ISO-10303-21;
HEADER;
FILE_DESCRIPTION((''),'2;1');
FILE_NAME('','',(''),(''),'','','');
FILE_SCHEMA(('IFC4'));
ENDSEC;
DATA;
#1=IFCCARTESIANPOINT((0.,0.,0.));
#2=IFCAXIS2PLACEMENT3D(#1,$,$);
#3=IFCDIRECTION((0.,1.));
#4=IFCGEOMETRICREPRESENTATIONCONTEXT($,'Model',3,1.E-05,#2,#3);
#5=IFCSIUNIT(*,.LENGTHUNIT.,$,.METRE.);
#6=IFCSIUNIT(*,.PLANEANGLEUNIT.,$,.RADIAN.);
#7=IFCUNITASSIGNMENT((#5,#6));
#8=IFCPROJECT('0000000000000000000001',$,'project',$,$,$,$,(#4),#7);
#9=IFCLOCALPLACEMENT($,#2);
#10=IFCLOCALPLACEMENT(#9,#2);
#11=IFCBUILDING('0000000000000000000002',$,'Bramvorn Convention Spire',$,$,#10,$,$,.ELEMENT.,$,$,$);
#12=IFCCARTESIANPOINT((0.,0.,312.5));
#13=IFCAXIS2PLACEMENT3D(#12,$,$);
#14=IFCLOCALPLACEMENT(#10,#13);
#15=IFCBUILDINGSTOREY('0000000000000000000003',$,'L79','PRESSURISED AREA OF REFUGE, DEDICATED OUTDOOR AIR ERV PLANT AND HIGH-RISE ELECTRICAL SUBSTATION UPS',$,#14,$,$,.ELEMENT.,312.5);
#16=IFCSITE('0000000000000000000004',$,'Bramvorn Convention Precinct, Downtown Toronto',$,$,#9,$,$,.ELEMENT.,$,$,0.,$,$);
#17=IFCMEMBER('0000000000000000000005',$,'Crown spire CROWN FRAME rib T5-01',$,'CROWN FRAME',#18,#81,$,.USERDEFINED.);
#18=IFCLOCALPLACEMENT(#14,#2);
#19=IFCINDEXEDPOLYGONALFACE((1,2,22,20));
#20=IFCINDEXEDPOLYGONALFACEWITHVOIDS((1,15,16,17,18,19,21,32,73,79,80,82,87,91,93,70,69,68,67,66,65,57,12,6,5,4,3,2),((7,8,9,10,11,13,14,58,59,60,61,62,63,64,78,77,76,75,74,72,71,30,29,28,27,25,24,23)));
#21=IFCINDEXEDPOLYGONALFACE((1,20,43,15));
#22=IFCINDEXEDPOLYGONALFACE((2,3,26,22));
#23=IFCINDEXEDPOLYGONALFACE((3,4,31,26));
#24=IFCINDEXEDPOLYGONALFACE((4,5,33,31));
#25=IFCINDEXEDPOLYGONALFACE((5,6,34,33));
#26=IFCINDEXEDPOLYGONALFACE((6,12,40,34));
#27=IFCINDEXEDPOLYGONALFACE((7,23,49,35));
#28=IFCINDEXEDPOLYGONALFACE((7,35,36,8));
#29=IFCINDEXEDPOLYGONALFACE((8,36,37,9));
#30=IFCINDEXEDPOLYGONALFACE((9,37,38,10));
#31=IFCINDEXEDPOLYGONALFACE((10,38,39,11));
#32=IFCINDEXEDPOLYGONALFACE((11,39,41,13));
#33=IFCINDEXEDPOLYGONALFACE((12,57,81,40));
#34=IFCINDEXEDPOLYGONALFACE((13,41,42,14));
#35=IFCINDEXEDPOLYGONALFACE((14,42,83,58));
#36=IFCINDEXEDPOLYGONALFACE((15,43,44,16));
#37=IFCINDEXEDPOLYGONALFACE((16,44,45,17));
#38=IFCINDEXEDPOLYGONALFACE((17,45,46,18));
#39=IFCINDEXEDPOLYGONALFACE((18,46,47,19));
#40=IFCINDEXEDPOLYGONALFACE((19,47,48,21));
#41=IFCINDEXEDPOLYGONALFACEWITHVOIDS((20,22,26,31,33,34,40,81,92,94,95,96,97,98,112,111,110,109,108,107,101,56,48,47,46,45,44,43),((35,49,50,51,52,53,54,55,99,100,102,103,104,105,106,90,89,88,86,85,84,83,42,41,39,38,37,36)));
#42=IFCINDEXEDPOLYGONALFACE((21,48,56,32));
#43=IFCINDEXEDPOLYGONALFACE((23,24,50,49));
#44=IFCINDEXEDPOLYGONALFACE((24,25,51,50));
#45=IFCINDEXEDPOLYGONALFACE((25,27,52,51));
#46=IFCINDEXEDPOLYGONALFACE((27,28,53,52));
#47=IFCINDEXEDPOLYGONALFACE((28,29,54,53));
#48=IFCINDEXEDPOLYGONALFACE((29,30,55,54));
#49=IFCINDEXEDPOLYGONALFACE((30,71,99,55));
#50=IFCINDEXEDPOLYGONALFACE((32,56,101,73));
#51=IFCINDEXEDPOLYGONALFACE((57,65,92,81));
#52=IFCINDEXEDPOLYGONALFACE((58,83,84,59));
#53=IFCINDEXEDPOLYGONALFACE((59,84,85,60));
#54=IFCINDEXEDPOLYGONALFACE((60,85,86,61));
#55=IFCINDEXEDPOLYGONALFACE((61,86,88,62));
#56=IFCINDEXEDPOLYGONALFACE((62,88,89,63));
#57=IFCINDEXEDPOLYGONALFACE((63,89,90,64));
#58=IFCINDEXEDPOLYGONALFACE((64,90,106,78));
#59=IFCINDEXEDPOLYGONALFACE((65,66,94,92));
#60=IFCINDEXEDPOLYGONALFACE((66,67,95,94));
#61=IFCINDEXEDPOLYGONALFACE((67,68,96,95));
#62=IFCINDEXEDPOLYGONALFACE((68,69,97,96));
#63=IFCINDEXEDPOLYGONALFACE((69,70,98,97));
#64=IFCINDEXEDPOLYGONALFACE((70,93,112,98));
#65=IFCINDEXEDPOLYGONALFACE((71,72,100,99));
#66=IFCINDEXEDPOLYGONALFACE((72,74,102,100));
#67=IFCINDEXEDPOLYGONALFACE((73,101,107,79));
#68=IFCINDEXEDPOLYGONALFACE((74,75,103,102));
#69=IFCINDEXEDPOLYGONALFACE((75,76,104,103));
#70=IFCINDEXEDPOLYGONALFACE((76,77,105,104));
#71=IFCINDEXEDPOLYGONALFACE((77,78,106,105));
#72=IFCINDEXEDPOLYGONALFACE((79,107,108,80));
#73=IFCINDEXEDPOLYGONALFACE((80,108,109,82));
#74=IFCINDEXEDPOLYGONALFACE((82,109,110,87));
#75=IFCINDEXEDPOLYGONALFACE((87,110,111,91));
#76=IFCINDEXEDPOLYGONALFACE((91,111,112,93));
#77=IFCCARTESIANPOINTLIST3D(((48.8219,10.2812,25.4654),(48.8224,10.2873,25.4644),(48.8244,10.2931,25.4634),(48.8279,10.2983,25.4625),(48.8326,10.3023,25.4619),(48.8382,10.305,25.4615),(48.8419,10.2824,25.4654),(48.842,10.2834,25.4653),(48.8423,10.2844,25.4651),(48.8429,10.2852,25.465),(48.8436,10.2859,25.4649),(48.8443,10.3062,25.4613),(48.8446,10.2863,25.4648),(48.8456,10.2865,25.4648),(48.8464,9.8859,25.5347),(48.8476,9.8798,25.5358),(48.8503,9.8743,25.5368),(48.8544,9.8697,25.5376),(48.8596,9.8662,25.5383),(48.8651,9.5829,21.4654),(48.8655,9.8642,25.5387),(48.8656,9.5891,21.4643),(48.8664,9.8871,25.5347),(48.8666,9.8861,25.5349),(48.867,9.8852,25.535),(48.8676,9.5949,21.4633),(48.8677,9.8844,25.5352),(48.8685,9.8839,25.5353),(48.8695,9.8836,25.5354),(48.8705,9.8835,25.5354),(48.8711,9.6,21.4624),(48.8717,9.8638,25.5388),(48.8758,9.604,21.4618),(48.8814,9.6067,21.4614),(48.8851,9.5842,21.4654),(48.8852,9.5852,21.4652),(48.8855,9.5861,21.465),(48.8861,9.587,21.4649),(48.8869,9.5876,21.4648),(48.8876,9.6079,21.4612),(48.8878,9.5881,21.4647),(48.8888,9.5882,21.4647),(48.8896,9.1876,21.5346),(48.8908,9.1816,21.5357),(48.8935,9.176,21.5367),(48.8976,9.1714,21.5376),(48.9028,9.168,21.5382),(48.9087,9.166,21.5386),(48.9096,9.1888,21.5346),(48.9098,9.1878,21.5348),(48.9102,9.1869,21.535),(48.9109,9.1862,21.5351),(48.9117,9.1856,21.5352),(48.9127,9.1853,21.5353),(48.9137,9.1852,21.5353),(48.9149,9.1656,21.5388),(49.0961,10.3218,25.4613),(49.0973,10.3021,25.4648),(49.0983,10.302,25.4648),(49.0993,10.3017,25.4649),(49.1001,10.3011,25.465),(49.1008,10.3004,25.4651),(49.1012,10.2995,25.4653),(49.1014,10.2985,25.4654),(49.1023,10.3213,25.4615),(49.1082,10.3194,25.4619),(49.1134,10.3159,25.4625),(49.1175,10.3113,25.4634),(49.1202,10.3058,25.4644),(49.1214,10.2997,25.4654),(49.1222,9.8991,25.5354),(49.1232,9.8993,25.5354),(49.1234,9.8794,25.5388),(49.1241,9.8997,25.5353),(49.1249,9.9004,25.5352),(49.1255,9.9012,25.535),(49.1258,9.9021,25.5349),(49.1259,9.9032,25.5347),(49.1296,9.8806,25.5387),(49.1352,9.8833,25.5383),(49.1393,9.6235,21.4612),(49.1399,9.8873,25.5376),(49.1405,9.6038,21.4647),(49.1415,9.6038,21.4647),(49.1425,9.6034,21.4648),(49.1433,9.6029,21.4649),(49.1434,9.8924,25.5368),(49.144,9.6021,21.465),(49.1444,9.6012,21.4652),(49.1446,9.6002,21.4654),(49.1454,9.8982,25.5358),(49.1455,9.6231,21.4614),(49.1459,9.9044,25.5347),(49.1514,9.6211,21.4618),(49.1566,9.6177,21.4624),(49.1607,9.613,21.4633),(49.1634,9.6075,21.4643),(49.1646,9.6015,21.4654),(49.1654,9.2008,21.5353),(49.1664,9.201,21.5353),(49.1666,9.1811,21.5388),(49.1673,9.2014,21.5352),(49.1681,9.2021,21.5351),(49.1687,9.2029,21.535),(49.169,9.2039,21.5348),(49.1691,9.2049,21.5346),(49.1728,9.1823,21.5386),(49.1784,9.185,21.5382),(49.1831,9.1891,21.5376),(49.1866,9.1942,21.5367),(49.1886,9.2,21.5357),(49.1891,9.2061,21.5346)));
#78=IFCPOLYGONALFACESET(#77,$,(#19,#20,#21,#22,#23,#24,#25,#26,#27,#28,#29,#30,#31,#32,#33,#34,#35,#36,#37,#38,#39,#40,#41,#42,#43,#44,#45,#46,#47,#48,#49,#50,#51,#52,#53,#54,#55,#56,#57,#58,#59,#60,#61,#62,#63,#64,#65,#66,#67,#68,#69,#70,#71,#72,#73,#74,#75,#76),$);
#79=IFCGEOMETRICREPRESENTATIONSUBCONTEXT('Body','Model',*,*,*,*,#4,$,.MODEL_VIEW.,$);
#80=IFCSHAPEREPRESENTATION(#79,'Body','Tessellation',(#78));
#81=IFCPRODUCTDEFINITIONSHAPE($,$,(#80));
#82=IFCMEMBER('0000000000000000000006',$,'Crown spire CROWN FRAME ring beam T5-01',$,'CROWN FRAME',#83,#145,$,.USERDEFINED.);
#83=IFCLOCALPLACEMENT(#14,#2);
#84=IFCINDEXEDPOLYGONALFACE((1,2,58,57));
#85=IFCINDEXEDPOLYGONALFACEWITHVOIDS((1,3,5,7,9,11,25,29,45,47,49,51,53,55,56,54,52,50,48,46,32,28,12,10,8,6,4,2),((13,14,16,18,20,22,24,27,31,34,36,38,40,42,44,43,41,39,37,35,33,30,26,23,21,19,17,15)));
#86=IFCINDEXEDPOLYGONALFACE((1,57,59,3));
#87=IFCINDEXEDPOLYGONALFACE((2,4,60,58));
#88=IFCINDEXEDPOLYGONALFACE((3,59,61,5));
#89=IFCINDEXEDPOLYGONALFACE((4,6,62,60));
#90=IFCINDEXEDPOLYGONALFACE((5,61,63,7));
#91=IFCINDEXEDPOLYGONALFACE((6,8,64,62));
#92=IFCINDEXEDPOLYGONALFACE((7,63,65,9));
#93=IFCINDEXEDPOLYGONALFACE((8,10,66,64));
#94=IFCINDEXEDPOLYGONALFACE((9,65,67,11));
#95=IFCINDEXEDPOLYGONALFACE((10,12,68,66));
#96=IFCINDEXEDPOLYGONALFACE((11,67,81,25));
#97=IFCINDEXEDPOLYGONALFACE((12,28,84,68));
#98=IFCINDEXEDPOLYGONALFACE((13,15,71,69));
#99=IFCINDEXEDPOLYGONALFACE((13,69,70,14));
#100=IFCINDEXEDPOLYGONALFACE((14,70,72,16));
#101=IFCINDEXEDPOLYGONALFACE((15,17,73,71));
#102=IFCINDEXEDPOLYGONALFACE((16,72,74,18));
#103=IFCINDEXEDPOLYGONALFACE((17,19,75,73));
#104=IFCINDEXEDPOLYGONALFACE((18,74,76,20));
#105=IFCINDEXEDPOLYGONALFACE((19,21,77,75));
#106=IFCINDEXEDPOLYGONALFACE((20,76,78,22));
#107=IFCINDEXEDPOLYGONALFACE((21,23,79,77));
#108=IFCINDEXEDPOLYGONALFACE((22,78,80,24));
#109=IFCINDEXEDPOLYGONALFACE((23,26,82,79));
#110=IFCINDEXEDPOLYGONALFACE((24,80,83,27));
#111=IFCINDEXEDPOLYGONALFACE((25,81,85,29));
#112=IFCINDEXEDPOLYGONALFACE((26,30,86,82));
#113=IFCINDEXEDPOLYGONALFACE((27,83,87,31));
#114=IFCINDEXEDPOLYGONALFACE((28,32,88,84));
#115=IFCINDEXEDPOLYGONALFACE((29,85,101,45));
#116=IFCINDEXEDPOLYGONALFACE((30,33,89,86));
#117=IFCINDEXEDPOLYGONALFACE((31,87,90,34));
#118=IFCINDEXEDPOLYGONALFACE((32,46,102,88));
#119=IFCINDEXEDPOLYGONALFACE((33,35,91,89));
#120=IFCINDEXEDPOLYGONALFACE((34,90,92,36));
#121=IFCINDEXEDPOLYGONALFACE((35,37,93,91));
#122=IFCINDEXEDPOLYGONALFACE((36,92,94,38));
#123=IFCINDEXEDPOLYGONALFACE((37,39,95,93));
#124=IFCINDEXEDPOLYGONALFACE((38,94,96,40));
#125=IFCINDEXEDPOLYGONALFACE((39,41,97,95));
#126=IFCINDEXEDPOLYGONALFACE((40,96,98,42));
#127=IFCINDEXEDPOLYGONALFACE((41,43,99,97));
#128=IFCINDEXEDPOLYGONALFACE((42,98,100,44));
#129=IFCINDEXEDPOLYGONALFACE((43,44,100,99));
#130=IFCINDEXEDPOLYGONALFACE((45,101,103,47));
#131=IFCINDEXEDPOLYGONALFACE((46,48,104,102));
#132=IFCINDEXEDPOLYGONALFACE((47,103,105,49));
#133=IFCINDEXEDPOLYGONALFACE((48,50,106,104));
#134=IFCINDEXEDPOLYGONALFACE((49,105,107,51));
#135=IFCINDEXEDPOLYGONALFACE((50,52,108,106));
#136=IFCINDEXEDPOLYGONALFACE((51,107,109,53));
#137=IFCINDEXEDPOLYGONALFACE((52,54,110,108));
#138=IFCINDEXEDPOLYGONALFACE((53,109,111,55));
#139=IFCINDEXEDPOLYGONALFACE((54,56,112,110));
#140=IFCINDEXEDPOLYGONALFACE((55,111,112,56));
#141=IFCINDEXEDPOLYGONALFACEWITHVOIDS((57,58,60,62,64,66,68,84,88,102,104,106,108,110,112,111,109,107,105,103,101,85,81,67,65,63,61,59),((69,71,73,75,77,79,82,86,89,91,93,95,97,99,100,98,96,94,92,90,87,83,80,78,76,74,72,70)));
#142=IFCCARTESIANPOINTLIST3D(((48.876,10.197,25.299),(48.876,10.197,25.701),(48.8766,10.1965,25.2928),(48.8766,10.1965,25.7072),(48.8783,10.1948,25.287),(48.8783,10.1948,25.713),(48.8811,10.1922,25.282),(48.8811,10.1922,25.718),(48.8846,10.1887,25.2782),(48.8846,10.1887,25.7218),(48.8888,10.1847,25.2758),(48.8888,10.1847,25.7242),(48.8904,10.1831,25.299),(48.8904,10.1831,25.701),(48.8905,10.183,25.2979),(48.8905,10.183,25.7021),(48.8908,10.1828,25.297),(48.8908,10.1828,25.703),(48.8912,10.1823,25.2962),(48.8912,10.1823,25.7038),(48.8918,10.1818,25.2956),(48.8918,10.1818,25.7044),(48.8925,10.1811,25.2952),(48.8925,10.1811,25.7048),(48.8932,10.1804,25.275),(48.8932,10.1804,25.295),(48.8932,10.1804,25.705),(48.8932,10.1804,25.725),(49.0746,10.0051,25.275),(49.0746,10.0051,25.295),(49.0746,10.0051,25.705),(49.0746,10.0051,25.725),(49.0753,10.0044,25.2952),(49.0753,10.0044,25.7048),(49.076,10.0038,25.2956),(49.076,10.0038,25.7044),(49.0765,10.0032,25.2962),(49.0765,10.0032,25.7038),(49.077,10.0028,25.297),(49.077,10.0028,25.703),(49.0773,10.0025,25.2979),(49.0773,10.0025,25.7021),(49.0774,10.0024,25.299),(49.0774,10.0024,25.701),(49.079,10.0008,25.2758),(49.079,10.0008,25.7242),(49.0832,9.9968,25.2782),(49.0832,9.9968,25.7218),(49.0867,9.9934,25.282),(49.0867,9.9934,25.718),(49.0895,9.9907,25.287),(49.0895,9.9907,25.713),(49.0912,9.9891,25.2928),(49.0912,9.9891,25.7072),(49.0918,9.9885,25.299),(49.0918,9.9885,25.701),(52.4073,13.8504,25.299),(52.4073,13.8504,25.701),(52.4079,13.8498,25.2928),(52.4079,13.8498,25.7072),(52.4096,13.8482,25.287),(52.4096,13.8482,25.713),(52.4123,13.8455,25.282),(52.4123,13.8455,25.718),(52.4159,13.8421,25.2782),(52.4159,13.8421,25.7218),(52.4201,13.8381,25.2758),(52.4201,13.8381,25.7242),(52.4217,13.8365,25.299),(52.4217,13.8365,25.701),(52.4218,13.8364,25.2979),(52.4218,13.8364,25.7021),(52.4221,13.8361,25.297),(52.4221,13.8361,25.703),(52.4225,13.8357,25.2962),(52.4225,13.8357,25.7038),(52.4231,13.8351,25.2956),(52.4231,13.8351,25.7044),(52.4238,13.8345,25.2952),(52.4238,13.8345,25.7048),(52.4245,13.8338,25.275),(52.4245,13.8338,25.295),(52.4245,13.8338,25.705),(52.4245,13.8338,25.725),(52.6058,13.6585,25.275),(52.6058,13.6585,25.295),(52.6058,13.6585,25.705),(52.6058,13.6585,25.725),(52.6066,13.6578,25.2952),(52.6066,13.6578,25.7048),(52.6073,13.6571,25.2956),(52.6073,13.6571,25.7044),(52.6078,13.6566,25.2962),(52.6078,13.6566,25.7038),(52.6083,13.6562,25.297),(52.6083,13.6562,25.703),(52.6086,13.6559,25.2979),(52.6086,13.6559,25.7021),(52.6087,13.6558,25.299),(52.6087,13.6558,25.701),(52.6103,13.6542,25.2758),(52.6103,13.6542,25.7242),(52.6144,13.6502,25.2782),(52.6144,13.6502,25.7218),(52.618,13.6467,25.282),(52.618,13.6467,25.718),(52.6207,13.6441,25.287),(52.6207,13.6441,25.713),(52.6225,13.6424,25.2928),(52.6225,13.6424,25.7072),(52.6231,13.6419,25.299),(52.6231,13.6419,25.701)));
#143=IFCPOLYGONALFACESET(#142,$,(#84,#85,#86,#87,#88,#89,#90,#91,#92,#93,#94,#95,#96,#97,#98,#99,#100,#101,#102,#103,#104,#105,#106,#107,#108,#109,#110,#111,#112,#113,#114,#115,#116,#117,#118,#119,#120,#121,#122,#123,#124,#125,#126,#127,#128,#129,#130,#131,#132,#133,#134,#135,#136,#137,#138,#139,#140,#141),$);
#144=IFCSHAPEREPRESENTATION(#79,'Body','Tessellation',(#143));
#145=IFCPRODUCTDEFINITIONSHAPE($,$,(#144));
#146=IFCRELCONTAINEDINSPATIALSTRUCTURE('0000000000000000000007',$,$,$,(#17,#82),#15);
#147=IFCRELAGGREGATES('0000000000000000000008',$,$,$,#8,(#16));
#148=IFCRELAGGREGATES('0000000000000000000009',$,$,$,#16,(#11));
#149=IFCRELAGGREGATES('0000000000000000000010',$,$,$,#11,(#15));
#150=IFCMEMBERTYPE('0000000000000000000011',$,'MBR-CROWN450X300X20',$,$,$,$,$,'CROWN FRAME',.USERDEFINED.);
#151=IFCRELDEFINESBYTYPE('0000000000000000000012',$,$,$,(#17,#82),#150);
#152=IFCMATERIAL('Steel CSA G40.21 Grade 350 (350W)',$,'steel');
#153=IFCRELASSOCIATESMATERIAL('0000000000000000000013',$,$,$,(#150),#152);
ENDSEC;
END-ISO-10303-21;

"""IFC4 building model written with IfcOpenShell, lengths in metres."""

from ifc_helpers import new_model, si_unit, direction, frame, origin, origin_2d, place, context, subcontext, project, spatial, hollow_rectangle, extrude, material, material_profile, profile_set, type_object, element, save


model = new_model("IFC4")

# Units and contexts
model_context = context("Model", 3, precision=1e-05, world=origin(), true_north=direction((0.0, 1.0)))
body_context = subcontext(model_context, "Body", "Model", "MODEL_VIEW")
ifc_project = project(units=[si_unit("LENGTHUNIT", "METRE"), si_unit("PLANEANGLEUNIT", "RADIAN")], contexts=[model_context])

# Site, building, storey
site_placement = place(None, origin())
site = spatial("IfcSite", under=ifc_project, at=site_placement, Name="Bramvorn Convention Precinct, Downtown Toronto", CompositionType="ELEMENT", RefElevation=0.0)
building_placement = place(site_placement, origin())
building = spatial("IfcBuilding", under=site, at=building_placement, Name="Bramvorn Convention Spire", CompositionType="ELEMENT")
storey_placement = place(building_placement, frame((0.0, 0.0, 312.5)))
storey = spatial("IfcBuildingStorey", under=building, at=storey_placement, Name="L79", Description="PRESSURISED AREA OF REFUGE, DEDICATED OUTDOOR AIR ERV PLANT AND HIGH-RISE ELECTRICAL SUBSTATION UPS", CompositionType="ELEMENT", Elevation=312.5)

# Members
ifc_material_1 = material(Name="Steel CSA G40.21 Grade 350 (350W)", Category="steel")
ifc_material_profile = material_profile(ifc_material_1, hollow_rectangle(XDim=0.3, YDim=0.45, WallThickness=0.02, InnerFilletRadius=0.0039, OuterFilletRadius=0.0239, at=origin_2d()))
ifc_profile_set = profile_set([ifc_material_profile], Name="Steel CSA G40.21 Grade 350 (350W) - CROWN450X300X20")
member_type = type_object("IfcMemberType", Name="MBR-CROWN450X300X20", ElementType="CROWN FRAME", PredefinedType="USERDEFINED", material=ifc_profile_set)
member_1_placement = place(storey_placement, frame((49.0271, 9.3945, 21.5), z_axis=(-0.010642, 0.171951, 0.985048), x_axis=(-0.99809, -0.06177, 0.0)))
element("IfcMember", 1, at=member_1_placement, inside=storey, type_object=member_type, Name="Crown spire CROWN FRAME rib T5-01", ObjectType="CROWN FRAME", PredefinedType="USERDEFINED", context=body_context, shape_type="SweptSolid", body=[
    extrude(hollow_rectangle(XDim=0.3, YDim=0.45, WallThickness=0.02, InnerFilletRadius=0.0039, OuterFilletRadius=0.0239, at=origin_2d()), origin(), (0.0, 0.0, 1.0), 4.0608),
])
member_2_placement = place(storey_placement, frame((48.9839, 10.0928, 25.5), z_axis=(0.694992, 0.719017, 0.0), x_axis=(-0.719017, 0.694992, 0.0)))
element("IfcMember", 2, at=member_2_placement, inside=storey, type_object=member_type, Name="Crown spire CROWN FRAME ring beam T5-01", ObjectType="CROWN FRAME", PredefinedType="USERDEFINED", context=body_context, shape_type="SweptSolid", body=[
    extrude(hollow_rectangle(XDim=0.3, YDim=0.45, WallThickness=0.02, InnerFilletRadius=0.0039, OuterFilletRadius=0.0239, at=origin_2d()), origin(), (0.0, 0.0, 1.0), 5.0811),
])

save(model, "model.ifc")
